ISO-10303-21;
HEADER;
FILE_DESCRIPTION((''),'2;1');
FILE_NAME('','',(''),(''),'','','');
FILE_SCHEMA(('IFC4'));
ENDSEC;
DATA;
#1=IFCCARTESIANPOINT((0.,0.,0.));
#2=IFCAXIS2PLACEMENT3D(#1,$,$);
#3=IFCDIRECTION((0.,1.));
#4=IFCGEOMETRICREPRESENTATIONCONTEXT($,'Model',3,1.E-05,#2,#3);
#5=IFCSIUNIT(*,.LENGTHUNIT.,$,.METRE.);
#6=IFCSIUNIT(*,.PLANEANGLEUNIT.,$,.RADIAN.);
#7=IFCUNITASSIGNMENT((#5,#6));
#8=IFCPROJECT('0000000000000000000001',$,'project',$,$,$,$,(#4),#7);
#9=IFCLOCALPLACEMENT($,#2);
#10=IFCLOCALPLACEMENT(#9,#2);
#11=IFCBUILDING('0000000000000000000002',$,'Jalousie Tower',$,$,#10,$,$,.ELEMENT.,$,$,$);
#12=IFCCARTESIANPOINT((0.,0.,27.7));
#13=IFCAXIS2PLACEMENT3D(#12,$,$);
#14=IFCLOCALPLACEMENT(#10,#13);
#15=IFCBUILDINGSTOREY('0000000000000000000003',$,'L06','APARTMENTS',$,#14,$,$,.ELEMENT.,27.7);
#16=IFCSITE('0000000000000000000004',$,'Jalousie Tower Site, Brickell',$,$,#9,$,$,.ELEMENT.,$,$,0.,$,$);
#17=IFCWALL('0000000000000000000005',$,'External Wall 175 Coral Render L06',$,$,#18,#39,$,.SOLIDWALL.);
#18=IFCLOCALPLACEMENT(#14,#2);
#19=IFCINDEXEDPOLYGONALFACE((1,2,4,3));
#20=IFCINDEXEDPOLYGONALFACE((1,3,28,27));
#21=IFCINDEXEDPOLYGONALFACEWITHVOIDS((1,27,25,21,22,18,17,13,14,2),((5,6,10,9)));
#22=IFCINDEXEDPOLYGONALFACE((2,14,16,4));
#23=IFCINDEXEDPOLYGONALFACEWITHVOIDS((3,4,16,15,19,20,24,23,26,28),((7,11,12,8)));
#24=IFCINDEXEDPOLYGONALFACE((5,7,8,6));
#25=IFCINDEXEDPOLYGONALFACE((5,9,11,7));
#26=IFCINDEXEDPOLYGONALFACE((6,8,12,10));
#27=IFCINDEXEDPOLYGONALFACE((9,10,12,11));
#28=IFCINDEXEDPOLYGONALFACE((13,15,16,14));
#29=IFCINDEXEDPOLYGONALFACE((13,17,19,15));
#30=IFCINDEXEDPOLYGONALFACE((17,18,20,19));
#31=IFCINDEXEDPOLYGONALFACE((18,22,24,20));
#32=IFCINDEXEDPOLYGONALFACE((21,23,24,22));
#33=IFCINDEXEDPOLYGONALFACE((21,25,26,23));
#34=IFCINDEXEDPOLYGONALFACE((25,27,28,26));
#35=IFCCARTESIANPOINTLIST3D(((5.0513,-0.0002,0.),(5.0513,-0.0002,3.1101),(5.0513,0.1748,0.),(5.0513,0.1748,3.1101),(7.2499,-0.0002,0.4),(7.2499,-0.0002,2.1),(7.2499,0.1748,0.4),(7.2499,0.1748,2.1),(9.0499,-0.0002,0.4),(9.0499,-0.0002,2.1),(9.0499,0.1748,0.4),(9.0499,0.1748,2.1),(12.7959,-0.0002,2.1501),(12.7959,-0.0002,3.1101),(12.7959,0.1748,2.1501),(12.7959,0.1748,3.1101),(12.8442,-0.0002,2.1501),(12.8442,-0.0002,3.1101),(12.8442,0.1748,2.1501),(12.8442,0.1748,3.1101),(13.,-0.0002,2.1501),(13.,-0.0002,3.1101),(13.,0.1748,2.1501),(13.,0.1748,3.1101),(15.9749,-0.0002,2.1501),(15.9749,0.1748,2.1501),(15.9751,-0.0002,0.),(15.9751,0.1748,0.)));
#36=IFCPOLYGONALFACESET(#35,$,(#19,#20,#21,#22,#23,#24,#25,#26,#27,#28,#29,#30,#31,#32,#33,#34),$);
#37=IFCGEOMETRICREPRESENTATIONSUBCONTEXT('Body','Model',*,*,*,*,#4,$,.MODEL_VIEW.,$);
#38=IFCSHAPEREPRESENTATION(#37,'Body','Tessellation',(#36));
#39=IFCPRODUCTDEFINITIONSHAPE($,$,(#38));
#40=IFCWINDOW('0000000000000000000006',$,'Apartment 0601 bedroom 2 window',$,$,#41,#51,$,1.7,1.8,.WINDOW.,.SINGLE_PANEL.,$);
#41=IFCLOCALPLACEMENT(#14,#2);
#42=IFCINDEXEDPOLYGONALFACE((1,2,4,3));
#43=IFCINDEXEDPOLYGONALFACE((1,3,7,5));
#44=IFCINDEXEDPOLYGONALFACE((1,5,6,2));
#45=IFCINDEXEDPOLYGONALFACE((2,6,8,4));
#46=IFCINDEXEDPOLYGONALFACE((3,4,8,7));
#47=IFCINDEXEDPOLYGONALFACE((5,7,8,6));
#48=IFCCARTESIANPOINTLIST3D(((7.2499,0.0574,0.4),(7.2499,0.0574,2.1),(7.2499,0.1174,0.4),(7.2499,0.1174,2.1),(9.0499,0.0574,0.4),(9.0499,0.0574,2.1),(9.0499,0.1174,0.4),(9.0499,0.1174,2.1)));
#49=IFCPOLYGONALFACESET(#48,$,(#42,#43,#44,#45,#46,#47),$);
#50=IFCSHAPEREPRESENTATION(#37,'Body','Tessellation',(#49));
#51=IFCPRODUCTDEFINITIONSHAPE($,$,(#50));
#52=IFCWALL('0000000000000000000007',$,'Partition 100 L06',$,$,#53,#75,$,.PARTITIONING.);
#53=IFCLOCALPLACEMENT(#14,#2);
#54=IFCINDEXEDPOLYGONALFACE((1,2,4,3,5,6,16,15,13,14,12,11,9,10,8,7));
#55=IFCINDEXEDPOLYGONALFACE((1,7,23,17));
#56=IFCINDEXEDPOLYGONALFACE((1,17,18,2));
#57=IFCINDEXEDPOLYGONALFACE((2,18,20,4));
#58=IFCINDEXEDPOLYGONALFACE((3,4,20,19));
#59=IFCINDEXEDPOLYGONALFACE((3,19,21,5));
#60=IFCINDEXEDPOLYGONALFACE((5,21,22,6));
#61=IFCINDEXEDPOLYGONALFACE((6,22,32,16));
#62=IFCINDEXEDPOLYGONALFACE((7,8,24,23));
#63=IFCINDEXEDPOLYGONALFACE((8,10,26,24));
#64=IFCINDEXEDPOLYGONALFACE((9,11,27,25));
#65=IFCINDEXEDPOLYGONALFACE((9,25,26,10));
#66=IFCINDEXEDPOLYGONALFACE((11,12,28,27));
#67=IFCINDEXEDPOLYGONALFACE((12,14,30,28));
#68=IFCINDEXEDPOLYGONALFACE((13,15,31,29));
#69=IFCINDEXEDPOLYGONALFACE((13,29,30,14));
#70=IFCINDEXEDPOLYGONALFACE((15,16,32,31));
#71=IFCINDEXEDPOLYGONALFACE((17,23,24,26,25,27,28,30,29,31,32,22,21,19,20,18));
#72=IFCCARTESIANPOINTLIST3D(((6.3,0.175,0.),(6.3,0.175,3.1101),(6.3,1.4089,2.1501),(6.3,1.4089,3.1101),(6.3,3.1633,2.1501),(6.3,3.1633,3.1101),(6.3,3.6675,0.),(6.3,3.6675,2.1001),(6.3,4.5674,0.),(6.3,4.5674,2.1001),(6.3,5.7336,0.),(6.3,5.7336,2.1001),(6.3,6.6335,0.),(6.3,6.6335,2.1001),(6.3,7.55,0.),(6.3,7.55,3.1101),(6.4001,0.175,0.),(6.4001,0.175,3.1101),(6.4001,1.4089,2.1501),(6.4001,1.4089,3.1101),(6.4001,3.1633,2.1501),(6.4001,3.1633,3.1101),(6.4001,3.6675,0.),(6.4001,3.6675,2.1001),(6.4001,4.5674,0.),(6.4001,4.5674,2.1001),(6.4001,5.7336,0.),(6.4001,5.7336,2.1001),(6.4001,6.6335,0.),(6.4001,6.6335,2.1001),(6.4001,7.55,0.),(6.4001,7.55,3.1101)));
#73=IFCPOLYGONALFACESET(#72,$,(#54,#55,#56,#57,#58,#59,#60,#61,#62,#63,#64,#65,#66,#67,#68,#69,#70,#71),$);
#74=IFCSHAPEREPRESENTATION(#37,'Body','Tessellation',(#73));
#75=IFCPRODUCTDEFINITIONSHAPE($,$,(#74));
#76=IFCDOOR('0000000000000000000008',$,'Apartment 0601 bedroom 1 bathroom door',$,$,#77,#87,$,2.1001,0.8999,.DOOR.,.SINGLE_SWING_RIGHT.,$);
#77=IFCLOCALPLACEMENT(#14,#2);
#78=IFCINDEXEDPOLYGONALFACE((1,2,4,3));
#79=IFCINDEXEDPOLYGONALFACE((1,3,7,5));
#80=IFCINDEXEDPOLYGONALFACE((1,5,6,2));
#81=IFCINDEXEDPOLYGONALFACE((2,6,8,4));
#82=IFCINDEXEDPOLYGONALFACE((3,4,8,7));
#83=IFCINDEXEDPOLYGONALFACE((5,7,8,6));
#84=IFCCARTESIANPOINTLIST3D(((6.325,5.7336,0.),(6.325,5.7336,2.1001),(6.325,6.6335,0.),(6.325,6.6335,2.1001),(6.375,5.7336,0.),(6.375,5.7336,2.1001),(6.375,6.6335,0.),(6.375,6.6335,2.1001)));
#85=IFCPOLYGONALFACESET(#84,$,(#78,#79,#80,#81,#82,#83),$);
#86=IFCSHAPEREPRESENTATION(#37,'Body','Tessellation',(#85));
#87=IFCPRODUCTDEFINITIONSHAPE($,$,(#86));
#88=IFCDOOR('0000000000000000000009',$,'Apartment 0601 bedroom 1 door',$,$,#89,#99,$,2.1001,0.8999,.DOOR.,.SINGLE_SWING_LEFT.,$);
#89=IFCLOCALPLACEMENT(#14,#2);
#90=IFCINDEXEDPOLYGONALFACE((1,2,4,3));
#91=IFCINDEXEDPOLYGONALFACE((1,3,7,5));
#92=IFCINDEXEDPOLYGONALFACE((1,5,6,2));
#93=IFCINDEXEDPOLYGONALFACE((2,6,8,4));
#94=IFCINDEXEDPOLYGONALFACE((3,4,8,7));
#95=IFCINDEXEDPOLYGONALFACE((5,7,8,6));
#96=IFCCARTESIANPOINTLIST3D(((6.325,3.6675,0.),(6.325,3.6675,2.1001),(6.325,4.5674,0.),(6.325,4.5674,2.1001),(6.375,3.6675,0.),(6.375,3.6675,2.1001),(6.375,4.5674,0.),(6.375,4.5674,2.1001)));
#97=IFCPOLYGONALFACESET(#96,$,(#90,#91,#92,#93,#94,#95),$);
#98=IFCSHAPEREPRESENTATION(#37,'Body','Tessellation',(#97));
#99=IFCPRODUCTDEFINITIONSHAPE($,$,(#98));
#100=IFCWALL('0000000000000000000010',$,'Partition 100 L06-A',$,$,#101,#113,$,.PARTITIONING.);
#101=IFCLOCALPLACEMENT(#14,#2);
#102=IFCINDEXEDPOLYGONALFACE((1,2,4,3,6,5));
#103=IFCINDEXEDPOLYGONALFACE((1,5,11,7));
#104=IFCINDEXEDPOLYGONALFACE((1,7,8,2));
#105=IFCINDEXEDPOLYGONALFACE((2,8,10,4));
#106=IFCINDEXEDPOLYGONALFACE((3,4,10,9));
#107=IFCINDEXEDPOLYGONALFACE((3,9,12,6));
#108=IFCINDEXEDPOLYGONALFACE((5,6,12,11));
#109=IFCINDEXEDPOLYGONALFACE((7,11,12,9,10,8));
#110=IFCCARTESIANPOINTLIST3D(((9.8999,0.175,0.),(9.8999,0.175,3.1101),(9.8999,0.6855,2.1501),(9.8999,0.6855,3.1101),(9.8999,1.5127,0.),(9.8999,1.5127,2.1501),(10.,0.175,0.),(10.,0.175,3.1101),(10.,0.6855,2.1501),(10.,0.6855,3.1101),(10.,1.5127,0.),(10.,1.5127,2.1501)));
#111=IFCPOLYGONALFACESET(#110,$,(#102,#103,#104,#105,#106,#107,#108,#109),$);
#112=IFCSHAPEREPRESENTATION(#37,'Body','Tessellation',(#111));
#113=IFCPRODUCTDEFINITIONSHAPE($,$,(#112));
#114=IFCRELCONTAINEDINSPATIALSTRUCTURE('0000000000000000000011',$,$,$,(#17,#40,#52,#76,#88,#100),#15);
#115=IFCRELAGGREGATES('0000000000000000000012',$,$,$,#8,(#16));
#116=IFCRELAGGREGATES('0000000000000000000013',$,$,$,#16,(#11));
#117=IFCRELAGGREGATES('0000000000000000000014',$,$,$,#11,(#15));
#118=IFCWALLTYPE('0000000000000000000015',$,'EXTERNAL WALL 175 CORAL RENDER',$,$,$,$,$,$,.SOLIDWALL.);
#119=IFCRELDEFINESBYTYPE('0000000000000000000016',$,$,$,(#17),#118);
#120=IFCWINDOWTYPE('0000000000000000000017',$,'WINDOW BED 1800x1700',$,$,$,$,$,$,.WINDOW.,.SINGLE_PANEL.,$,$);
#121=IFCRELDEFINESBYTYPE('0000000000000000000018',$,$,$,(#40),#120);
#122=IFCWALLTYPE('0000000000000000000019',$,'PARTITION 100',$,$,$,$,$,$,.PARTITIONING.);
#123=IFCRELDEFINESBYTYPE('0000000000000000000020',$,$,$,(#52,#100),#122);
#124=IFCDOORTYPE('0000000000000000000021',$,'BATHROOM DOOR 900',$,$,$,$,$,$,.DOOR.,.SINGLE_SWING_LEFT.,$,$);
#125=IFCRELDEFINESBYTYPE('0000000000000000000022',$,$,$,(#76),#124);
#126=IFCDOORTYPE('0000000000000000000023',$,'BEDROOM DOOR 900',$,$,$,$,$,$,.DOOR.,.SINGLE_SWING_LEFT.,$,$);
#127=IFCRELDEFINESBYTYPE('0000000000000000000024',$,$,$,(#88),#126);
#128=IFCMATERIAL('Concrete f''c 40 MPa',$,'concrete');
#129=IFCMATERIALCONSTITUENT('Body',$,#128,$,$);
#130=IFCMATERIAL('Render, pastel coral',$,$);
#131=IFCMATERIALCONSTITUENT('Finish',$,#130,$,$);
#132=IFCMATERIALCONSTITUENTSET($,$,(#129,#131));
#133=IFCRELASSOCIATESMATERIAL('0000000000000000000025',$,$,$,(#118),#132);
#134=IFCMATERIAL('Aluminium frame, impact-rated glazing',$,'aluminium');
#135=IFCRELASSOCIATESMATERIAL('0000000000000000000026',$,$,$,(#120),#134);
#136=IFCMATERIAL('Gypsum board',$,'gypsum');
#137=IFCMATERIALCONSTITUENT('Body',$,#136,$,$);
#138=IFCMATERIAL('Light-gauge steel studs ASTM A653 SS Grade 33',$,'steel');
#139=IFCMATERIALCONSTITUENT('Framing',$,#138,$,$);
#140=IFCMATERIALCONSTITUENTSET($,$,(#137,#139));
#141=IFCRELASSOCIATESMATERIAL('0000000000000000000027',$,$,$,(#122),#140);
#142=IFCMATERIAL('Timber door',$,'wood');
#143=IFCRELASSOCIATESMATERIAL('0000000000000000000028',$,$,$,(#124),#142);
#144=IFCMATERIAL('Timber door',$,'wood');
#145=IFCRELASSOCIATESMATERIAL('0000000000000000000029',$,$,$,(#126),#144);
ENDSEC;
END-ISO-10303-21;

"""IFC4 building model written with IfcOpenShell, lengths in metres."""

from ifc_helpers import new_model, si_unit, direction, frame, frame_2d, origin, place, context, subcontext, project, spatial, polyline, rectangle, outline, extrude, material, constituent, constituent_set, type_object, element, fill, save


model = new_model("IFC4")

# Units and contexts
model_context = context("Model", 3, precision=1e-05, world=origin(), true_north=direction((0.0, 1.0)))
body_context = subcontext(model_context, "Body", "Model", "MODEL_VIEW")
ifc_project = project(units=[si_unit("LENGTHUNIT", "METRE"), si_unit("PLANEANGLEUNIT", "RADIAN")], contexts=[model_context])

# Site, building, storey
site_placement = place(None, origin())
site = spatial("IfcSite", under=ifc_project, at=site_placement, Name="Jalousie Tower Site, Brickell", CompositionType="ELEMENT", RefElevation=0.0)
building_placement = place(site_placement, origin())
building = spatial("IfcBuilding", under=site, at=building_placement, Name="Jalousie Tower", CompositionType="ELEMENT")
storey_placement = place(building_placement, frame((0.0, 0.0, 27.7)))
storey = spatial("IfcBuildingStorey", under=building, at=storey_placement, Name="L06", Description="APARTMENTS", CompositionType="ELEMENT", Elevation=27.7)

# Wall, opening, window
ifc_material_1 = material(Name="Concrete f'c 40 MPa", Category="concrete")
ifc_constituent_1 = constituent(ifc_material_1, Name="Body")
ifc_material_2 = material(Name="Render, pastel coral")
ifc_constituent_2 = constituent(ifc_material_2, Name="Finish")
ifc_constituent_set_1 = constituent_set(constituents=[ifc_constituent_1, ifc_constituent_2])
wall_type_1 = type_object("IfcWallType", Name="EXTERNAL WALL 175 CORAL RENDER", PredefinedType="SOLIDWALL", material=ifc_constituent_set_1)
wall_1_placement = place(storey_placement, frame((5.0513, 0.0874, 0.0), z_axis=(0.0, 0.0, 1.0), x_axis=(1.0, 0.0, 0.0)))
wall_1 = element("IfcWall", 1, at=wall_1_placement, inside=storey, type_object=wall_type_1, Name="External Wall 175 Coral Render L06", PredefinedType="SOLIDWALL", context=body_context, shape_type="SweptSolid", body=[
    extrude(outline(polyline([(0.0, 0.0), (10.9238, 0.0), (10.9236, 2.1501), (7.9487, 2.1501), (7.9487, 3.1101), (7.793, 3.1101), (7.793, 2.1501), (7.7446, 2.1501), (7.7446, 3.1101), (0.0, 3.1101), (0.0, 0.0)])), frame((0.0, 0.0874, 0.0), z_axis=(0.0, -1.0, 0.0), x_axis=(1.0, 0.0, 0.0)), (0.0, 0.0, 1.0), 0.175),
])
opening_1_placement = place(wall_1_placement, frame((2.1987, 0.0, 0.3999)))
opening_1 = element("IfcOpeningElement", 2, at=opening_1_placement, cuts=wall_1, PredefinedType="OPENING", context=body_context, shape_type="SweptSolid", body=[
    extrude(rectangle(XDim=1.8, YDim=1.7, at=frame_2d((0.8999, 0.8501))), frame((0.0, 0.0974, 0.0), z_axis=(0.0, -1.0, 0.0), x_axis=(1.0, 0.0, 0.0)), (0.0, 0.0, 1.0), 0.1951),
])
ifc_material_3 = material(Name="Aluminium frame, impact-rated glazing", Category="aluminium")
window_type = type_object("IfcWindowType", Name="WINDOW BED 1800x1700", PartitioningType="SINGLE_PANEL", PredefinedType="WINDOW", material=ifc_material_3)
window_placement = place(opening_1_placement, origin())
window = element("IfcWindow", 3, at=window_placement, inside=storey, type_object=window_type, Name="Apartment 0601 bedroom 2 window", OverallHeight=1.7, OverallWidth=1.8, PartitioningType="SINGLE_PANEL", PredefinedType="WINDOW", context=body_context, shape_type="SweptSolid", body=[
    extrude(rectangle(XDim=1.8, YDim=1.7, at=frame_2d((0.8999, 0.8501))), frame((0.0, 0.03, 0.0), z_axis=(0.0, -1.0, 0.0), x_axis=(1.0, 0.0, 0.0)), (0.0, 0.0, 1.0), 0.0601),
])
fill(opening_1, window)

# Wall, openings, doors
ifc_material_4 = material(Name="Gypsum board", Category="gypsum")
ifc_constituent_3 = constituent(ifc_material_4, Name="Body")
ifc_material_5 = material(Name="Light-gauge steel studs ASTM A653 SS Grade 33", Category="steel")
ifc_constituent_4 = constituent(ifc_material_5, Name="Framing")
ifc_constituent_set_2 = constituent_set(constituents=[ifc_constituent_3, ifc_constituent_4])
wall_type_2 = type_object("IfcWallType", Name="PARTITION 100", PredefinedType="PARTITIONING", material=ifc_constituent_set_2)
wall_2_placement = place(storey_placement, frame((6.3501, 0.175, 0.0), z_axis=(0.0, 0.0, 1.0), x_axis=(0.0, 1.0, 0.0)))
wall_2 = element("IfcWall", 4, at=wall_2_placement, inside=storey, type_object=wall_type_2, Name="Partition 100 L06", PredefinedType="PARTITIONING", context=body_context, shape_type="SweptSolid", body=[
    extrude(outline(polyline([(0.0, 0.0), (7.375, 0.0), (7.375, 3.1101), (2.9883, 3.1101), (2.9883, 2.1501), (1.2339, 2.1501), (1.2339, 3.1101), (0.0, 3.1101), (0.0, 0.0)])), frame((0.0, 0.05, 0.0), z_axis=(0.0, -1.0, 0.0), x_axis=(1.0, 0.0, 0.0)), (0.0, 0.0, 1.0), 0.1001),
])
opening_2_placement = place(wall_2_placement, frame((3.4924, 0.0, 0.0)))
opening_2 = element("IfcOpeningElement", 5, at=opening_2_placement, cuts=wall_2, PredefinedType="OPENING", context=body_context, shape_type="SweptSolid", body=[
    extrude(rectangle(XDim=0.8999, YDim=2.1001, at=frame_2d((0.45, 1.05))), frame((0.0, 0.0601, 0.0), z_axis=(0.0, -1.0, 0.0), x_axis=(1.0, 0.0, 0.0)), (0.0, 0.0, 1.0), 0.1201),
])
opening_3_placement = place(wall_2_placement, frame((5.5586, 0.0, 0.0)))
opening_3 = element("IfcOpeningElement", 6, at=opening_3_placement, cuts=wall_2, PredefinedType="OPENING", context=body_context, shape_type="SweptSolid", body=[
    extrude(rectangle(XDim=0.8999, YDim=2.1001, at=frame_2d((0.45, 1.05))), frame((0.0, 0.0601, 0.0), z_axis=(0.0, -1.0, 0.0), x_axis=(1.0, 0.0, 0.0)), (0.0, 0.0, 1.0), 0.1201),
])
ifc_material_6 = material(Name="Timber door", Category="wood")
door_type_1 = type_object("IfcDoorType", Name="BATHROOM DOOR 900", OperationType="SINGLE_SWING_LEFT", PredefinedType="DOOR", material=ifc_material_6)
door_1_placement = place(opening_3_placement, frame((0.8999, 0.0, 0.0), z_axis=(0.0, 0.0, 1.0), x_axis=(-1.0, 0.0, 0.0)))
door_1 = element("IfcDoor", 7, at=door_1_placement, inside=storey, type_object=door_type_1, Name="Apartment 0601 bedroom 1 bathroom door", OperationType="SINGLE_SWING_RIGHT", OverallHeight=2.1001, OverallWidth=0.8999, PredefinedType="DOOR", context=body_context, shape_type="SweptSolid", body=[
    extrude(rectangle(XDim=0.8999, YDim=2.1001, at=frame_2d((0.45, 1.05))), frame((0.0, 0.0249, 0.0), z_axis=(0.0, -1.0, 0.0), x_axis=(1.0, 0.0, 0.0)), (0.0, 0.0, 1.0), 0.05),
])
fill(opening_3, door_1)
ifc_material_7 = material(Name="Timber door", Category="wood")
door_type_2 = type_object("IfcDoorType", Name="BEDROOM DOOR 900", OperationType="SINGLE_SWING_LEFT", PredefinedType="DOOR", material=ifc_material_7)
door_2_placement = place(opening_2_placement, frame((0.8999, 0.0, 0.0), z_axis=(0.0, 0.0, 1.0), x_axis=(-1.0, 0.0, 0.0)))
door_2 = element("IfcDoor", 8, at=door_2_placement, inside=storey, type_object=door_type_2, Name="Apartment 0601 bedroom 1 door", OperationType="SINGLE_SWING_LEFT", OverallHeight=2.1001, OverallWidth=0.8999, PredefinedType="DOOR", context=body_context, shape_type="SweptSolid", body=[
    extrude(rectangle(XDim=0.8999, YDim=2.1001, at=frame_2d((0.45, 1.05))), frame((0.0, 0.0249, 0.0), z_axis=(0.0, -1.0, 0.0), x_axis=(1.0, 0.0, 0.0)), (0.0, 0.0, 1.0), 0.05),
])
fill(opening_2, door_2)

# Wall
wall_3_placement = place(storey_placement, frame((9.95, 0.175, 0.0), z_axis=(0.0, 0.0, 1.0), x_axis=(0.0, 1.0, 0.0)))
element("IfcWall", 9, at=wall_3_placement, inside=storey, type_object=wall_type_2, Name="Partition 100 L06-A", PredefinedType="PARTITIONING", context=body_context, shape_type="SweptSolid", body=[
    extrude(outline(polyline([(0.0, 0.0), (1.3376, 0.0), (1.3376, 2.1501), (0.5105, 2.1501), (0.5105, 3.1101), (0.0, 3.1101), (0.0, 0.0)])), frame((0.0, 0.05, 0.0), z_axis=(0.0, -1.0, 0.0), x_axis=(1.0, 0.0, 0.0)), (0.0, 0.0, 1.0), 0.1001),
])

save(model, "model.ifc")
